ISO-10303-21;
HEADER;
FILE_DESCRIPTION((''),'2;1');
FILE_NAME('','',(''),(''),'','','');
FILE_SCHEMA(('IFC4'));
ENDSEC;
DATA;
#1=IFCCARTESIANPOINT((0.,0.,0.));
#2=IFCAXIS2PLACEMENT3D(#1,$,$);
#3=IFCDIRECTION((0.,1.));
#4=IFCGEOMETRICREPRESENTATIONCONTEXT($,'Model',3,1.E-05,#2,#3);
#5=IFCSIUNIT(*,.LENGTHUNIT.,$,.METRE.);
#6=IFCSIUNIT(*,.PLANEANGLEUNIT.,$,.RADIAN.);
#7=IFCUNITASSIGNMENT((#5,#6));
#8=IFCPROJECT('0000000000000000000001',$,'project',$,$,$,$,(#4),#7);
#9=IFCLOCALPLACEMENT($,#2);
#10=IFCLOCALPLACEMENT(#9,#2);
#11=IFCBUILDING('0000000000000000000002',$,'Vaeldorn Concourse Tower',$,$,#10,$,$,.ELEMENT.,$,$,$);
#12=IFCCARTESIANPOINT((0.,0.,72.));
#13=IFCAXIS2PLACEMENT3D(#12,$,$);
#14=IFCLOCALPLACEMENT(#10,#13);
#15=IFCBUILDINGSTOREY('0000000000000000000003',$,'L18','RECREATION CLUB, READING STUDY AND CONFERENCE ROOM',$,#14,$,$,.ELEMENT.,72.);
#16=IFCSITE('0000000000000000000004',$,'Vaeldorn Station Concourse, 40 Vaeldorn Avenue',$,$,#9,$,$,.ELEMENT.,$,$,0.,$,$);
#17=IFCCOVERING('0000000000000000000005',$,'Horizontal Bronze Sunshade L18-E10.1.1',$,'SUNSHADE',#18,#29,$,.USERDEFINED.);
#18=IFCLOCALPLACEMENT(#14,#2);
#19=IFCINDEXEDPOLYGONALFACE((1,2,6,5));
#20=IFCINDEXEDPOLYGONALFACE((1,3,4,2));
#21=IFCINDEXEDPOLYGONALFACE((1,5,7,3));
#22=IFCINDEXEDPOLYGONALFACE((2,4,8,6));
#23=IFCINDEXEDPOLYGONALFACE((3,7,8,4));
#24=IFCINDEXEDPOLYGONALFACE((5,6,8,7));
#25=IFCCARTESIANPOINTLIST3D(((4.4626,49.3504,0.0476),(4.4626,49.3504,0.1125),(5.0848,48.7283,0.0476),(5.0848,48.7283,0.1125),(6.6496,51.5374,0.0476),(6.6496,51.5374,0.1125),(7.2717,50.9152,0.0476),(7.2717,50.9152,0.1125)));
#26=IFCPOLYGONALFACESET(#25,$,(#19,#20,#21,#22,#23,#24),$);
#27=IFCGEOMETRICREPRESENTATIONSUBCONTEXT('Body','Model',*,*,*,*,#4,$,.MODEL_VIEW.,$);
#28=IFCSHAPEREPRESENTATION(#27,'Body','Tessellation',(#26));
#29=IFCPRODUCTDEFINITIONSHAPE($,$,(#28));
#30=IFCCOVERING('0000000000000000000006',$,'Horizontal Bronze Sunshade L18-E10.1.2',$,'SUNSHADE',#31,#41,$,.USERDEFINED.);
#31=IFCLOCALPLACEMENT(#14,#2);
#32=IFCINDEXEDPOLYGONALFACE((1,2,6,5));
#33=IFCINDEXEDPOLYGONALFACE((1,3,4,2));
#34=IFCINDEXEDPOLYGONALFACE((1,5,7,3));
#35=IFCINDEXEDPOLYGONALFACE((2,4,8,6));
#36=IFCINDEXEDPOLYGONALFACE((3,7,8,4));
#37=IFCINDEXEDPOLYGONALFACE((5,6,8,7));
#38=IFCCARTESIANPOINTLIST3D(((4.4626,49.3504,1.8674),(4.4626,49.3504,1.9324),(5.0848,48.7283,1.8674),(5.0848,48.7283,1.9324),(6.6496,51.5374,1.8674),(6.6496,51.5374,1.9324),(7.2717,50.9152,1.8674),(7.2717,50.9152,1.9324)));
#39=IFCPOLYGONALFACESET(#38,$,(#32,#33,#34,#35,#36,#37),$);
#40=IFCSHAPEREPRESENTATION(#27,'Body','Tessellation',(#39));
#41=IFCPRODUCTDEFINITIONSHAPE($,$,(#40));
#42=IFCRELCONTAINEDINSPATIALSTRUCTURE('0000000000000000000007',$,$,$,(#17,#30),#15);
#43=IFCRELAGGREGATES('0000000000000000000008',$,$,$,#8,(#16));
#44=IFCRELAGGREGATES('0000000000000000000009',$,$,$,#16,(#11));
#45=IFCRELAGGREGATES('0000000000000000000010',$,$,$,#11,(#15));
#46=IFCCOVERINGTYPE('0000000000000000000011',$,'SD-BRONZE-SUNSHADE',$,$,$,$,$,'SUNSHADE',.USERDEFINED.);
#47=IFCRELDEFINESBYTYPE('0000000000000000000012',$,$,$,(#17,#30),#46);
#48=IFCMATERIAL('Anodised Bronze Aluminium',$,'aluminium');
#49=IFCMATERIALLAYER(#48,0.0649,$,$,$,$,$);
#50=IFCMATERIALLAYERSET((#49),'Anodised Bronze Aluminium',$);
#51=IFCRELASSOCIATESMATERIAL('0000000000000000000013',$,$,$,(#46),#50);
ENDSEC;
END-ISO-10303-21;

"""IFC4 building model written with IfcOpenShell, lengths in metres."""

from ifc_helpers import new_model, si_unit, direction, frame, origin, origin_2d, place, context, subcontext, project, spatial, rectangle, extrude, source, transform, mapped, material, layer, layer_set, type_object, element, save


model = new_model("IFC4")

# Units and contexts
model_context = context("Model", 3, precision=1e-05, world=origin(), true_north=direction((0.0, 1.0)))
body_context = subcontext(model_context, "Body", "Model", "MODEL_VIEW")
ifc_project = project(units=[si_unit("LENGTHUNIT", "METRE"), si_unit("PLANEANGLEUNIT", "RADIAN")], contexts=[model_context])

# Site, building, storey
site_placement = place(None, origin())
site = spatial("IfcSite", under=ifc_project, at=site_placement, Name="Vaeldorn Station Concourse, 40 Vaeldorn Avenue", CompositionType="ELEMENT", RefElevation=0.0)
building_placement = place(site_placement, origin())
building = spatial("IfcBuilding", under=site, at=building_placement, Name="Vaeldorn Concourse Tower", CompositionType="ELEMENT")
storey_placement = place(building_placement, frame((0.0, 0.0, 72.0)))
storey = spatial("IfcBuildingStorey", under=building, at=storey_placement, Name="L18", Description="RECREATION CLUB, READING STUDY AND CONFERENCE ROOM", CompositionType="ELEMENT", Elevation=72.0)

# Shared definitions
ifc_material_1 = material(Name="Anodised Bronze Aluminium", Category="aluminium")

# Coverings
ifc_layer_1 = layer(ifc_material_1, 0.0649)
ifc_layer_set_1 = layer_set([ifc_layer_1], Name="Anodised Bronze Aluminium")
covering_type = type_object("IfcCoveringType", Name="SD-BRONZE-SUNSHADE", ElementType="SUNSHADE", PredefinedType="USERDEFINED", material=ifc_layer_set_1)
shared_shape_1 = source(origin(), body_context, "Body", "SweptSolid", [
    extrude(rectangle(XDim=3.0928, YDim=0.8799, at=origin_2d()), origin(), (0.0, 0.0, 1.0), 0.0649),
])
for number, where, z_axis, x_axis, name in (
    (1, (5.8672, 50.1328, 0.0476), (0.0, 0.0, 1.0), (-0.707107, -0.707107, 0.0), "Horizontal Bronze Sunshade L18-E10.1.1"),
    (2, (5.8672, 50.1328, 1.8674), (0.0, 0.0, 1.0), (-0.707107, -0.707107, 0.0), "Horizontal Bronze Sunshade L18-E10.1.2"),
):
    element("IfcCovering", number, at=place(storey_placement, frame(where, z_axis=z_axis, x_axis=x_axis)), inside=storey, type_object=covering_type, Name=name, ObjectType="SUNSHADE", PredefinedType="USERDEFINED", context=body_context, shape_type="MappedRepresentation", body=[
        mapped(shared_shape_1, transform((0.0, 0.0, 0.0), scale=1.0)),
    ])

save(model, "model.ifc")
